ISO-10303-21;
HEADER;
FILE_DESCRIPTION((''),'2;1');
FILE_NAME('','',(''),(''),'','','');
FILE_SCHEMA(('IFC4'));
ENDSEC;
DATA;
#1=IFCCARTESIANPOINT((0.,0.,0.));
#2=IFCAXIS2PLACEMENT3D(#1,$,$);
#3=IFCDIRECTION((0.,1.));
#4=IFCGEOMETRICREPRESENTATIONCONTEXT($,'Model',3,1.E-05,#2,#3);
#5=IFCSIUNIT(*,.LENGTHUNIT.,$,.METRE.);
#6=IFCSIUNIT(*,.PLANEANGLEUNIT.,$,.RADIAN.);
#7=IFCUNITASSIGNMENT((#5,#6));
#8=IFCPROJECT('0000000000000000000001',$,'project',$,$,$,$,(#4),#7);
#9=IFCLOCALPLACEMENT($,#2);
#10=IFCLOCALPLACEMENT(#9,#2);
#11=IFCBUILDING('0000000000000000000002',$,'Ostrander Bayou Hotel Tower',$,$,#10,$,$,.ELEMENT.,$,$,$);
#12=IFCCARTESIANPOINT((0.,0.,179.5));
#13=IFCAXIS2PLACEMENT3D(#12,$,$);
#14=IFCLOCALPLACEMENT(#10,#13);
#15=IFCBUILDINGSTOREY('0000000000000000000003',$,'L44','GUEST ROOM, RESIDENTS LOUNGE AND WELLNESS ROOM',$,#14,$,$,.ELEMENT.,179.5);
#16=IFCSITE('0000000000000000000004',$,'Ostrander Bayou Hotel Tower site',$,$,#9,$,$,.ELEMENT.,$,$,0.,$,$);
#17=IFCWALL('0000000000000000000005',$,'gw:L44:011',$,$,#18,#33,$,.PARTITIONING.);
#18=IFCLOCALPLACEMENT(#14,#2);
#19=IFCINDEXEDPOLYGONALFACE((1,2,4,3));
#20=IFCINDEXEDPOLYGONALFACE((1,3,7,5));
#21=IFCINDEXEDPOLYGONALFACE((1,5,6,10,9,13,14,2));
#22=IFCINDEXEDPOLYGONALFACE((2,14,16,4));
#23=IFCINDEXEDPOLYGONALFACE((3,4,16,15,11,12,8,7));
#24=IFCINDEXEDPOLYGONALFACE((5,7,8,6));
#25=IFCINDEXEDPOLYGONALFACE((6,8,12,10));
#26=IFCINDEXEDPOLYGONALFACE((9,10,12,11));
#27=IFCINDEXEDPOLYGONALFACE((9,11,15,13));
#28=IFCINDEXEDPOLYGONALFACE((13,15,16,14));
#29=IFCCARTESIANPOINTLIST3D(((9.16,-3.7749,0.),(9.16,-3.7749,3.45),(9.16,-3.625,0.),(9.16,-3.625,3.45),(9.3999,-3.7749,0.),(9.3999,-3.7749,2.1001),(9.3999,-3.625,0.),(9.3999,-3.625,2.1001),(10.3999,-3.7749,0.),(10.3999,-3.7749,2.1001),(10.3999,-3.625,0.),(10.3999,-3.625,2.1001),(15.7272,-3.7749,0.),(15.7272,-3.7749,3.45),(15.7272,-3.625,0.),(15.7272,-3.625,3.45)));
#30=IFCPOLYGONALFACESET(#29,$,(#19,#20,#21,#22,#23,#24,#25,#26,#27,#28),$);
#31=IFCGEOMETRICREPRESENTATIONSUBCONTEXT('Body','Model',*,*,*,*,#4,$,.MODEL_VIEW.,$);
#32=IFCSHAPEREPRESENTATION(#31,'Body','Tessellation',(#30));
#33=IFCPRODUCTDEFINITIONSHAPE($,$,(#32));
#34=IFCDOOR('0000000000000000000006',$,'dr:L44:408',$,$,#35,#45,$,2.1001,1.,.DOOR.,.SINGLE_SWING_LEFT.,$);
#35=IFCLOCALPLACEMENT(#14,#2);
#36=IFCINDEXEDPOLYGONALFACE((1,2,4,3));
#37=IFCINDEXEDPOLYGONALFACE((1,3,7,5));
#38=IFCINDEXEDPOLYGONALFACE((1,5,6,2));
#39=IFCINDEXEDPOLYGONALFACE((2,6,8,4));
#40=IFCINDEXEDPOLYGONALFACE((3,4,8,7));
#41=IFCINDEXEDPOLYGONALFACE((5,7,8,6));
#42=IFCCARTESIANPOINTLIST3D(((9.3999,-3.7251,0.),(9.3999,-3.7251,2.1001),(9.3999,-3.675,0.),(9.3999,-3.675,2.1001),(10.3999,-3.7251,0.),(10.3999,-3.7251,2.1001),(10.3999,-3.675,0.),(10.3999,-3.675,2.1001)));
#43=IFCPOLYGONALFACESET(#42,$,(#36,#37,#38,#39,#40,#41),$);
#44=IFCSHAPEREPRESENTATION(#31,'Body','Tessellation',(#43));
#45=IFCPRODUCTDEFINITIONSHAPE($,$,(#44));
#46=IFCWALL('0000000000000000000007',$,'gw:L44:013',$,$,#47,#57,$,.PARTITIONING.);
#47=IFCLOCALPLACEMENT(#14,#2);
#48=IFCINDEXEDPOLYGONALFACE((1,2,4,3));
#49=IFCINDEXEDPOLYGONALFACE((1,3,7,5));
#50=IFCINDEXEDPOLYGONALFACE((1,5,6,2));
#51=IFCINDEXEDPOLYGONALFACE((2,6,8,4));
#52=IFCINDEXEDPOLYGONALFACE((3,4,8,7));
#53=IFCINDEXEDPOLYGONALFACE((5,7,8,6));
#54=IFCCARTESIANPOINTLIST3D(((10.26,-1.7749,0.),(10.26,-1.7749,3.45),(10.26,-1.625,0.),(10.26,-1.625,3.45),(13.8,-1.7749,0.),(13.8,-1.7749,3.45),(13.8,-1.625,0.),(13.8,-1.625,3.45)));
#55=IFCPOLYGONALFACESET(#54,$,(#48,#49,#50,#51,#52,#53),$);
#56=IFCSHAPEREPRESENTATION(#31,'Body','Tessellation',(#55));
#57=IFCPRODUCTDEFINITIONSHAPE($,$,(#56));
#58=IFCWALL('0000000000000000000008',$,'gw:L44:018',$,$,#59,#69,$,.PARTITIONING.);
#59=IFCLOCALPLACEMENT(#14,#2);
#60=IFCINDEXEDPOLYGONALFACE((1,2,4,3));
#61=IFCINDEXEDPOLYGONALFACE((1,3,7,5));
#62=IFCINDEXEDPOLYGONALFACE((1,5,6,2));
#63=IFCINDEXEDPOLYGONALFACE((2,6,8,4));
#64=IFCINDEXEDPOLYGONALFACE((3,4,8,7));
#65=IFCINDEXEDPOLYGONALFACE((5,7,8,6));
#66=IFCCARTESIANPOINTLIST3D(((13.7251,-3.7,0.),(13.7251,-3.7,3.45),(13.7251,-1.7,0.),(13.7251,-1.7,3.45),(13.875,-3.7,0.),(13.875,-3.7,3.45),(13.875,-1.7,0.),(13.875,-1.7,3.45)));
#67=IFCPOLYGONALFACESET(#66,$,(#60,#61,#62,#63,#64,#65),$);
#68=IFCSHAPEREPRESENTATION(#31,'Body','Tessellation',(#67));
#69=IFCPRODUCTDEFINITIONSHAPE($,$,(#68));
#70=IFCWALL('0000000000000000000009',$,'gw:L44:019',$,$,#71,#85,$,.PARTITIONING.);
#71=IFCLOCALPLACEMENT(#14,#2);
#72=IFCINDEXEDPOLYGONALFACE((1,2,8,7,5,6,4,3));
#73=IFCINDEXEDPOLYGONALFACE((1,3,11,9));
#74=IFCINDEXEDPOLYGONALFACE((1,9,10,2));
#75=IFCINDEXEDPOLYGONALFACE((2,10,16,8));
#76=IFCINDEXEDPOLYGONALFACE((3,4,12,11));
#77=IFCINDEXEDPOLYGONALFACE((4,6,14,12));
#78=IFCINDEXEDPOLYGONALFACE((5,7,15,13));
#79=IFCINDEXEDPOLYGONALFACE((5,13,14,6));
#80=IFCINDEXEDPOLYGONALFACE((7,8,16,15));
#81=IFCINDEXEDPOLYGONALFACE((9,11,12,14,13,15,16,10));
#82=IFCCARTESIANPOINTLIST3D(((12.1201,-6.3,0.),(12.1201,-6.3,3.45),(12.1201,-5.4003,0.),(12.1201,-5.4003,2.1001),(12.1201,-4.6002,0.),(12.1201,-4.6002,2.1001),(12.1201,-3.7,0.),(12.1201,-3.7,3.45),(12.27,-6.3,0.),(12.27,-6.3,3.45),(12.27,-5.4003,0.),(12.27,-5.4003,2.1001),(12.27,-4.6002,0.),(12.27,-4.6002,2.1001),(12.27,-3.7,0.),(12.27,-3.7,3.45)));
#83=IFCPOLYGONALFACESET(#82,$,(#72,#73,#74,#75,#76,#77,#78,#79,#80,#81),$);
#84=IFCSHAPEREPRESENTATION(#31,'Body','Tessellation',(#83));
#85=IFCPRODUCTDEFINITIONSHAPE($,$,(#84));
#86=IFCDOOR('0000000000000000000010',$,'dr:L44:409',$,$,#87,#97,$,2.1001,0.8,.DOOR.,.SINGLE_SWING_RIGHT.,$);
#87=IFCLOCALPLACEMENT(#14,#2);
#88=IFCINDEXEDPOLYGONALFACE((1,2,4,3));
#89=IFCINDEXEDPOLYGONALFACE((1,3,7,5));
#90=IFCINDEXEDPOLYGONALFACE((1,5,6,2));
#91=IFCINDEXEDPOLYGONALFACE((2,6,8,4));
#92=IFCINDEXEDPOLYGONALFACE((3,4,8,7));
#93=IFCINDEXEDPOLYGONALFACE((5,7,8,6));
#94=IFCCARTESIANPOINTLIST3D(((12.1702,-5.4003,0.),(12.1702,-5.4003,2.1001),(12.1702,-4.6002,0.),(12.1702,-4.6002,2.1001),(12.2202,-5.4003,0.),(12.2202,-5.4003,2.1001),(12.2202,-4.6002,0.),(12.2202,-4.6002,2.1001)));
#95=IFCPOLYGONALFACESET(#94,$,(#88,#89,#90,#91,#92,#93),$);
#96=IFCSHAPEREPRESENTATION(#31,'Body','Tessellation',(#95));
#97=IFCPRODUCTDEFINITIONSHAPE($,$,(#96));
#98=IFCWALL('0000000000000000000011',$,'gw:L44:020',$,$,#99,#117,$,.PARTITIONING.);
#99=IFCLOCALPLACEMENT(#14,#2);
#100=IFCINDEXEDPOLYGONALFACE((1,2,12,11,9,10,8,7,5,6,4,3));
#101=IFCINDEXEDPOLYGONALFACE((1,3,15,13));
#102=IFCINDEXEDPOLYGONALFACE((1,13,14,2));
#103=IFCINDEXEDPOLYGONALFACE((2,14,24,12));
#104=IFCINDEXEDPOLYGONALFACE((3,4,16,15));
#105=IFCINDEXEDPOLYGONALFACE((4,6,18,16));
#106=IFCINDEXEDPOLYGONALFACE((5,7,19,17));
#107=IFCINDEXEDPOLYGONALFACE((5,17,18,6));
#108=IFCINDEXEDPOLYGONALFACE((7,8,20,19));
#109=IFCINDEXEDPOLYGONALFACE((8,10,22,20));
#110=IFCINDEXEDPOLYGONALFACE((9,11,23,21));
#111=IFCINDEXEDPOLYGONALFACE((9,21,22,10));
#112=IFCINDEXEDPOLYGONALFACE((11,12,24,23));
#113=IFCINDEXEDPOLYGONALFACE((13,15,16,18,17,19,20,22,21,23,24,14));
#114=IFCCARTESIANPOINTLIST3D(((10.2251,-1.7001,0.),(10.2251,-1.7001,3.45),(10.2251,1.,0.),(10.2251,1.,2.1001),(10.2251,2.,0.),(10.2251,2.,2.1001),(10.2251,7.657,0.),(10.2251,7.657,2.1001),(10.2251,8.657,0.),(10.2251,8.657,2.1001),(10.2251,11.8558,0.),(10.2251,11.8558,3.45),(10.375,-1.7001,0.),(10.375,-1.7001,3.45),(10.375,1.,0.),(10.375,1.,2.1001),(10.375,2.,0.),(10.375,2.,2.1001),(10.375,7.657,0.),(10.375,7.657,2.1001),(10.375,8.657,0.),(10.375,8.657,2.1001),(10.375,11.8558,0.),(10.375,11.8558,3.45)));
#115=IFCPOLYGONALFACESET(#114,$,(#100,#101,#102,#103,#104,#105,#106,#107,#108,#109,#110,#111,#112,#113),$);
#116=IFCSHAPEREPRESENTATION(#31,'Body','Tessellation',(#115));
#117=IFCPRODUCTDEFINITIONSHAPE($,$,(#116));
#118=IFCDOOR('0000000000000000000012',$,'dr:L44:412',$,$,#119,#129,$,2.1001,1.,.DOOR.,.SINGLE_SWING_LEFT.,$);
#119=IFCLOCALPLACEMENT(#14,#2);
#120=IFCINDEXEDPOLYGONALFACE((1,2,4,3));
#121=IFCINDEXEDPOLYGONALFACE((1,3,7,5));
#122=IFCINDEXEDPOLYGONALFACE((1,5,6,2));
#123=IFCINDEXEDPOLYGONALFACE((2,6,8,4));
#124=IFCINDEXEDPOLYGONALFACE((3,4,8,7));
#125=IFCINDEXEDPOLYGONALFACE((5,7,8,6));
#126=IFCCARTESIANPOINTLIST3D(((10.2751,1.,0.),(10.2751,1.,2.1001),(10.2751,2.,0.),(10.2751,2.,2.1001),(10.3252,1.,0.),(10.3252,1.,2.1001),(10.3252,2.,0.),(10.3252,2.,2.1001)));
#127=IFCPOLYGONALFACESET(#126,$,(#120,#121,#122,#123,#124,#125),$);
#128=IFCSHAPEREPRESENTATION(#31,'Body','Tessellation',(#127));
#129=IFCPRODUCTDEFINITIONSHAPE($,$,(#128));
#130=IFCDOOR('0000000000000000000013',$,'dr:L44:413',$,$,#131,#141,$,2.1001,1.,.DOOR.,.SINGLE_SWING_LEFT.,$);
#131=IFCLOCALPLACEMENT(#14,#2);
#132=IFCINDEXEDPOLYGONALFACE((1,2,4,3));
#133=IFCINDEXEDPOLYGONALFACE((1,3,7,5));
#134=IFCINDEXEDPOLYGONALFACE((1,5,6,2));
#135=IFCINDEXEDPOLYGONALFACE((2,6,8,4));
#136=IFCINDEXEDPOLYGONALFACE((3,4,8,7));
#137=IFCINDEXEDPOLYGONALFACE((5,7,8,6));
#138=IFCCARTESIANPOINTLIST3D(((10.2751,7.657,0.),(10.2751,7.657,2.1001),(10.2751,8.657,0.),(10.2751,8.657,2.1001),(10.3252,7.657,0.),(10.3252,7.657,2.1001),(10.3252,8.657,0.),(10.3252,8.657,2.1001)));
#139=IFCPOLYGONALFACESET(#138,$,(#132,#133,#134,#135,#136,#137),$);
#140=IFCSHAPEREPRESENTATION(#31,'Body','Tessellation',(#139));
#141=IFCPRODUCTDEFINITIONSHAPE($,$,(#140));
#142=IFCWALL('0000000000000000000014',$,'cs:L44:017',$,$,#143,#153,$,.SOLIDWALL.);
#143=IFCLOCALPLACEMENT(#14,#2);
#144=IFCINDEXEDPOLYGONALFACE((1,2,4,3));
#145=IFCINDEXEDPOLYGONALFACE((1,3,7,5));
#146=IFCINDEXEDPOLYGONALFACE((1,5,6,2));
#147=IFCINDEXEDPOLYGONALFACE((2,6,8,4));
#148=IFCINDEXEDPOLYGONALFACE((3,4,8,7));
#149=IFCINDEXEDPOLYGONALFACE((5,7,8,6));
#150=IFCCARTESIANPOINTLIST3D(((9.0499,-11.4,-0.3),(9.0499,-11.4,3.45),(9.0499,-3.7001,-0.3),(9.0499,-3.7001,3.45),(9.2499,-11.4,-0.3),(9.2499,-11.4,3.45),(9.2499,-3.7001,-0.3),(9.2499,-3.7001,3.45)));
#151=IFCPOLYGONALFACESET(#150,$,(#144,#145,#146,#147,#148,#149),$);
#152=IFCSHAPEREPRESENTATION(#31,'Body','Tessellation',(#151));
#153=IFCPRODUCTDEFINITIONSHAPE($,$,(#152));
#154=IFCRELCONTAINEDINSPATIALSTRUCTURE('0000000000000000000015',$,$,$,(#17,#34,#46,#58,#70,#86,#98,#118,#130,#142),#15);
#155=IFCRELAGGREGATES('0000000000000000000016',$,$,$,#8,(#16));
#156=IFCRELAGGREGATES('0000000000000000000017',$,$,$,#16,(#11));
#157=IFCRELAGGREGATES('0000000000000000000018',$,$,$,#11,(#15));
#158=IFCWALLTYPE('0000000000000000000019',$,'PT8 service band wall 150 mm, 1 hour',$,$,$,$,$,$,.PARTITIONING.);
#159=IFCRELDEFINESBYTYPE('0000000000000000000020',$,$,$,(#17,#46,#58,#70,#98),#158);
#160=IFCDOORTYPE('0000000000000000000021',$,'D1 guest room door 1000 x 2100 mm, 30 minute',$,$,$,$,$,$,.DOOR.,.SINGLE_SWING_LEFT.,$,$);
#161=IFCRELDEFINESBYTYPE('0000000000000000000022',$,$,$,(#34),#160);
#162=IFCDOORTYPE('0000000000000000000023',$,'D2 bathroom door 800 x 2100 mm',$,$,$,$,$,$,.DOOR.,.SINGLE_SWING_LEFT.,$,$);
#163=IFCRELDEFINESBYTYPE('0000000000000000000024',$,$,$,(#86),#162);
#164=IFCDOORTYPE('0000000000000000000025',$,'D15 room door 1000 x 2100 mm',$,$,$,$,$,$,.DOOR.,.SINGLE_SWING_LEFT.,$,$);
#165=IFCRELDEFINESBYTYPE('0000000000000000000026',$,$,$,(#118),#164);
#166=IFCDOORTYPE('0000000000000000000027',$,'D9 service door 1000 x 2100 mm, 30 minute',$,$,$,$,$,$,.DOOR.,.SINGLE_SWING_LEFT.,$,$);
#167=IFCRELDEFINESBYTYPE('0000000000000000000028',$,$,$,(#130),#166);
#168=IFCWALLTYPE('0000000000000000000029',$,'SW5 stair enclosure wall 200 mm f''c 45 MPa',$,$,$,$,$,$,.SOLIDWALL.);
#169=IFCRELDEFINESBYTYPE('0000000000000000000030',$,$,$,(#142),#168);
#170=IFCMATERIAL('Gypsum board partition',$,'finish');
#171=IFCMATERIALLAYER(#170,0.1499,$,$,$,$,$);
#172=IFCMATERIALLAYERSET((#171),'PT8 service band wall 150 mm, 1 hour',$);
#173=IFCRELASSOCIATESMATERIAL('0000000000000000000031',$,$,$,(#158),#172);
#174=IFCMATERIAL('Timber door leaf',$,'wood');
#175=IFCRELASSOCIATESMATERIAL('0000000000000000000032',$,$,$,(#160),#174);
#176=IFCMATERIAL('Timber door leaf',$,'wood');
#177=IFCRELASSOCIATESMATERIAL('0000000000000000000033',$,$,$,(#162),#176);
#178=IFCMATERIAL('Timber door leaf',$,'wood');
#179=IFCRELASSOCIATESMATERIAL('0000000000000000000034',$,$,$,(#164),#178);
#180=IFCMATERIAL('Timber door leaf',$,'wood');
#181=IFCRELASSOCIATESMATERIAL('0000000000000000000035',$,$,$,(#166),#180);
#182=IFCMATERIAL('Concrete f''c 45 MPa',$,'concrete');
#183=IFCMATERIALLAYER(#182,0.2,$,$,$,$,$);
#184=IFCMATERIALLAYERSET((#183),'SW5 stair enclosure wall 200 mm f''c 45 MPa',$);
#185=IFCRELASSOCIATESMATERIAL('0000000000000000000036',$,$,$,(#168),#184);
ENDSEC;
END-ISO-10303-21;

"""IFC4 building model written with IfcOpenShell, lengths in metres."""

from ifc_helpers import new_model, si_unit, direction, frame, frame_2d, origin, place, context, subcontext, project, spatial, rectangle, extrude, material, layer, layer_set, type_object, element, fill, save


model = new_model("IFC4")

# Units and contexts
model_context = context("Model", 3, precision=1e-05, world=origin(), true_north=direction((0.0, 1.0)))
body_context = subcontext(model_context, "Body", "Model", "MODEL_VIEW")
ifc_project = project(units=[si_unit("LENGTHUNIT", "METRE"), si_unit("PLANEANGLEUNIT", "RADIAN")], contexts=[model_context])

# Site, building, storey
site_placement = place(None, origin())
site = spatial("IfcSite", under=ifc_project, at=site_placement, Name="Ostrander Bayou Hotel Tower site", CompositionType="ELEMENT", RefElevation=0.0)
building_placement = place(site_placement, origin())
building = spatial("IfcBuilding", under=site, at=building_placement, Name="Ostrander Bayou Hotel Tower", CompositionType="ELEMENT")
storey_placement = place(building_placement, frame((0.0, 0.0, 179.5)))
storey = spatial("IfcBuildingStorey", under=building, at=storey_placement, Name="L44", Description="GUEST ROOM, RESIDENTS LOUNGE AND WELLNESS ROOM", CompositionType="ELEMENT", Elevation=179.5)

# Wall, opening, door
ifc_material_1 = material(Name="Gypsum board partition", Category="finish")
ifc_layer_1 = layer(ifc_material_1, 0.1499)
ifc_layer_set_1 = layer_set([ifc_layer_1], Name="PT8 service band wall 150 mm, 1 hour")
wall_type_1 = type_object("IfcWallType", Name="PT8 service band wall 150 mm, 1 hour", PredefinedType="PARTITIONING", material=ifc_layer_set_1)
wall_1_placement = place(storey_placement, frame((9.1599, -3.7, 0.0), z_axis=(0.0, 0.0, 1.0), x_axis=(1.0, 0.0, 0.0)))
wall_1 = element("IfcWall", 1, at=wall_1_placement, inside=storey, type_object=wall_type_1, Name="gw:L44:011", PredefinedType="PARTITIONING", context=body_context, shape_type="SweptSolid", body=[
    extrude(rectangle(XDim=6.5671, YDim=0.1499, at=frame_2d((3.2837, 0.0))), origin(), (0.0, 0.0, 1.0), 3.45),
])
opening_1_placement = place(wall_1_placement, frame((0.24, 0.0, 0.0)))
opening_1 = element("IfcOpeningElement", 2, at=opening_1_placement, cuts=wall_1, PredefinedType="OPENING", context=body_context, shape_type="SweptSolid", body=[
    extrude(rectangle(XDim=1.0, YDim=2.1001, at=frame_2d((0.5, 1.05))), frame((0.0, 0.075, 0.0), z_axis=(0.0, -1.0, 0.0), x_axis=(1.0, 0.0, 0.0)), (0.0, 0.0, 1.0), 0.1499),
])
ifc_material_2 = material(Name="Timber door leaf", Category="wood")
door_type_1 = type_object("IfcDoorType", Name="D1 guest room door 1000 x 2100 mm, 30 minute", OperationType="SINGLE_SWING_LEFT", PredefinedType="DOOR", material=ifc_material_2)
door_1_placement = place(opening_1_placement, origin())
door_1 = element("IfcDoor", 3, at=door_1_placement, inside=storey, type_object=door_type_1, Name="dr:L44:408", OperationType="SINGLE_SWING_LEFT", OverallHeight=2.1001, OverallWidth=1.0, PredefinedType="DOOR", context=body_context, shape_type="SweptSolid", body=[
    extrude(rectangle(XDim=1.0, YDim=2.1001, at=frame_2d((0.5, 1.05))), frame((0.0, 0.0249, 0.0), z_axis=(0.0, -1.0, 0.0), x_axis=(1.0, 0.0, 0.0)), (0.0, 0.0, 1.0), 0.05),
])
fill(opening_1, door_1)

# Walls
wall_2_placement = place(storey_placement, frame((10.26, -1.7, 0.0), z_axis=(0.0, 0.0, 1.0), x_axis=(1.0, 0.0, 0.0)))
element("IfcWall", 4, at=wall_2_placement, inside=storey, type_object=wall_type_1, Name="gw:L44:013", PredefinedType="PARTITIONING", context=body_context, shape_type="SweptSolid", body=[
    extrude(rectangle(XDim=3.54, YDim=0.1499, at=frame_2d((1.77, 0.0))), origin(), (0.0, 0.0, 1.0), 3.45),
])
wall_3_placement = place(storey_placement, frame((13.8, -3.7, 0.0), z_axis=(0.0, 0.0, 1.0), x_axis=(0.0, 1.0, 0.0)))
element("IfcWall", 5, at=wall_3_placement, inside=storey, type_object=wall_type_1, Name="gw:L44:018", PredefinedType="PARTITIONING", context=body_context, shape_type="SweptSolid", body=[
    extrude(rectangle(XDim=2.0, YDim=0.1499, at=frame_2d((1.0, 0.0))), origin(), (0.0, 0.0, 1.0), 3.45),
])

# Wall, opening, door
wall_4_placement = place(storey_placement, frame((12.1951, -6.3, 0.0), z_axis=(0.0, 0.0, 1.0), x_axis=(0.0, 1.0, 0.0)))
wall_4 = element("IfcWall", 6, at=wall_4_placement, inside=storey, type_object=wall_type_1, Name="gw:L44:019", PredefinedType="PARTITIONING", context=body_context, shape_type="SweptSolid", body=[
    extrude(rectangle(XDim=2.6001, YDim=0.1499, at=frame_2d((1.3, 0.0))), origin(), (0.0, 0.0, 1.0), 3.45),
])
opening_2_placement = place(wall_4_placement, frame((0.8999, 0.0, 0.0)))
opening_2 = element("IfcOpeningElement", 7, at=opening_2_placement, cuts=wall_4, PredefinedType="OPENING", context=body_context, shape_type="SweptSolid", body=[
    extrude(rectangle(XDim=0.8, YDim=2.1001, at=frame_2d((0.3999, 1.05))), frame((0.0, 0.075, 0.0), z_axis=(0.0, -1.0, 0.0), x_axis=(1.0, 0.0, 0.0)), (0.0, 0.0, 1.0), 0.1499),
])
ifc_material_3 = material(Name="Timber door leaf", Category="wood")
door_type_2 = type_object("IfcDoorType", Name="D2 bathroom door 800 x 2100 mm", OperationType="SINGLE_SWING_LEFT", PredefinedType="DOOR", material=ifc_material_3)
door_2_placement = place(opening_2_placement, origin())
door_2 = element("IfcDoor", 8, at=door_2_placement, inside=storey, type_object=door_type_2, Name="dr:L44:409", OperationType="SINGLE_SWING_RIGHT", OverallHeight=2.1001, OverallWidth=0.8, PredefinedType="DOOR", context=body_context, shape_type="SweptSolid", body=[
    extrude(rectangle(XDim=0.8, YDim=2.1001, at=frame_2d((0.3999, 1.05))), frame((0.0, 0.0249, 0.0), z_axis=(0.0, -1.0, 0.0), x_axis=(1.0, 0.0, 0.0)), (0.0, 0.0, 1.0), 0.05),
])
fill(opening_2, door_2)

# Wall, openings, doors
wall_5_placement = place(storey_placement, frame((10.3, -1.7, 0.0), z_axis=(0.0, 0.0, 1.0), x_axis=(0.0, 1.0, 0.0)))
wall_5 = element("IfcWall", 9, at=wall_5_placement, inside=storey, type_object=wall_type_1, Name="gw:L44:020", PredefinedType="PARTITIONING", context=body_context, shape_type="SweptSolid", body=[
    extrude(rectangle(XDim=13.5559, YDim=0.1499, at=frame_2d((6.7778, 0.0))), origin(), (0.0, 0.0, 1.0), 3.45),
])
opening_3_placement = place(wall_5_placement, frame((2.7, 0.0, 0.0)))
opening_3 = element("IfcOpeningElement", 10, at=opening_3_placement, cuts=wall_5, PredefinedType="OPENING", context=body_context, shape_type="SweptSolid", body=[
    extrude(rectangle(XDim=1.0, YDim=2.1001, at=frame_2d((0.5, 1.05))), frame((0.0, 0.075, 0.0), z_axis=(0.0, -1.0, 0.0), x_axis=(1.0, 0.0, 0.0)), (0.0, 0.0, 1.0), 0.1499),
])
opening_4_placement = place(wall_5_placement, frame((9.3569, 0.0, 0.0)))
opening_4 = element("IfcOpeningElement", 11, at=opening_4_placement, cuts=wall_5, PredefinedType="OPENING", context=body_context, shape_type="SweptSolid", body=[
    extrude(rectangle(XDim=1.0, YDim=2.1001, at=frame_2d((0.5, 1.05))), frame((0.0, 0.075, 0.0), z_axis=(0.0, -1.0, 0.0), x_axis=(1.0, 0.0, 0.0)), (0.0, 0.0, 1.0), 0.1499),
])
ifc_material_4 = material(Name="Timber door leaf", Category="wood")
door_type_3 = type_object("IfcDoorType", Name="D15 room door 1000 x 2100 mm", OperationType="SINGLE_SWING_LEFT", PredefinedType="DOOR", material=ifc_material_4)
door_3_placement = place(opening_3_placement, origin())
door_3 = element("IfcDoor", 12, at=door_3_placement, inside=storey, type_object=door_type_3, Name="dr:L44:412", OperationType="SINGLE_SWING_LEFT", OverallHeight=2.1001, OverallWidth=1.0, PredefinedType="DOOR", context=body_context, shape_type="SweptSolid", body=[
    extrude(rectangle(XDim=1.0, YDim=2.1001, at=frame_2d((0.5, 1.05))), frame((0.0, 0.0249, 0.0), z_axis=(0.0, -1.0, 0.0), x_axis=(1.0, 0.0, 0.0)), (0.0, 0.0, 1.0), 0.05),
])
fill(opening_3, door_3)
ifc_material_5 = material(Name="Timber door leaf", Category="wood")
door_type_4 = type_object("IfcDoorType", Name="D9 service door 1000 x 2100 mm, 30 minute", OperationType="SINGLE_SWING_LEFT", PredefinedType="DOOR", material=ifc_material_5)
door_4_placement = place(opening_4_placement, origin())
door_4 = element("IfcDoor", 13, at=door_4_placement, inside=storey, type_object=door_type_4, Name="dr:L44:413", OperationType="SINGLE_SWING_LEFT", OverallHeight=2.1001, OverallWidth=1.0, PredefinedType="DOOR", context=body_context, shape_type="SweptSolid", body=[
    extrude(rectangle(XDim=1.0, YDim=2.1001, at=frame_2d((0.5, 1.05))), frame((0.0, 0.0249, 0.0), z_axis=(0.0, -1.0, 0.0), x_axis=(1.0, 0.0, 0.0)), (0.0, 0.0, 1.0), 0.05),
])
fill(opening_4, door_4)

# Wall
ifc_material_6 = material(Name="Concrete f'c 45 MPa", Category="concrete")
ifc_layer_2 = layer(ifc_material_6, 0.2)
ifc_layer_set_2 = layer_set([ifc_layer_2], Name="SW5 stair enclosure wall 200 mm f'c 45 MPa")
wall_type_2 = type_object("IfcWallType", Name="SW5 stair enclosure wall 200 mm f'c 45 MPa", PredefinedType="SOLIDWALL", material=ifc_layer_set_2)
wall_6_placement = place(storey_placement, frame((9.1499, -3.7, -0.3), z_axis=(0.0, 0.0, 1.0), x_axis=(0.0, -1.0, 0.0)))
element("IfcWall", 14, at=wall_6_placement, inside=storey, type_object=wall_type_2, Name="cs:L44:017", PredefinedType="SOLIDWALL", context=body_context, shape_type="SweptSolid", body=[
    extrude(rectangle(XDim=7.7, YDim=0.2, at=frame_2d((3.8501, 0.0))), origin(), (0.0, 0.0, 1.0), 3.75),
])

save(model, "model.ifc")
